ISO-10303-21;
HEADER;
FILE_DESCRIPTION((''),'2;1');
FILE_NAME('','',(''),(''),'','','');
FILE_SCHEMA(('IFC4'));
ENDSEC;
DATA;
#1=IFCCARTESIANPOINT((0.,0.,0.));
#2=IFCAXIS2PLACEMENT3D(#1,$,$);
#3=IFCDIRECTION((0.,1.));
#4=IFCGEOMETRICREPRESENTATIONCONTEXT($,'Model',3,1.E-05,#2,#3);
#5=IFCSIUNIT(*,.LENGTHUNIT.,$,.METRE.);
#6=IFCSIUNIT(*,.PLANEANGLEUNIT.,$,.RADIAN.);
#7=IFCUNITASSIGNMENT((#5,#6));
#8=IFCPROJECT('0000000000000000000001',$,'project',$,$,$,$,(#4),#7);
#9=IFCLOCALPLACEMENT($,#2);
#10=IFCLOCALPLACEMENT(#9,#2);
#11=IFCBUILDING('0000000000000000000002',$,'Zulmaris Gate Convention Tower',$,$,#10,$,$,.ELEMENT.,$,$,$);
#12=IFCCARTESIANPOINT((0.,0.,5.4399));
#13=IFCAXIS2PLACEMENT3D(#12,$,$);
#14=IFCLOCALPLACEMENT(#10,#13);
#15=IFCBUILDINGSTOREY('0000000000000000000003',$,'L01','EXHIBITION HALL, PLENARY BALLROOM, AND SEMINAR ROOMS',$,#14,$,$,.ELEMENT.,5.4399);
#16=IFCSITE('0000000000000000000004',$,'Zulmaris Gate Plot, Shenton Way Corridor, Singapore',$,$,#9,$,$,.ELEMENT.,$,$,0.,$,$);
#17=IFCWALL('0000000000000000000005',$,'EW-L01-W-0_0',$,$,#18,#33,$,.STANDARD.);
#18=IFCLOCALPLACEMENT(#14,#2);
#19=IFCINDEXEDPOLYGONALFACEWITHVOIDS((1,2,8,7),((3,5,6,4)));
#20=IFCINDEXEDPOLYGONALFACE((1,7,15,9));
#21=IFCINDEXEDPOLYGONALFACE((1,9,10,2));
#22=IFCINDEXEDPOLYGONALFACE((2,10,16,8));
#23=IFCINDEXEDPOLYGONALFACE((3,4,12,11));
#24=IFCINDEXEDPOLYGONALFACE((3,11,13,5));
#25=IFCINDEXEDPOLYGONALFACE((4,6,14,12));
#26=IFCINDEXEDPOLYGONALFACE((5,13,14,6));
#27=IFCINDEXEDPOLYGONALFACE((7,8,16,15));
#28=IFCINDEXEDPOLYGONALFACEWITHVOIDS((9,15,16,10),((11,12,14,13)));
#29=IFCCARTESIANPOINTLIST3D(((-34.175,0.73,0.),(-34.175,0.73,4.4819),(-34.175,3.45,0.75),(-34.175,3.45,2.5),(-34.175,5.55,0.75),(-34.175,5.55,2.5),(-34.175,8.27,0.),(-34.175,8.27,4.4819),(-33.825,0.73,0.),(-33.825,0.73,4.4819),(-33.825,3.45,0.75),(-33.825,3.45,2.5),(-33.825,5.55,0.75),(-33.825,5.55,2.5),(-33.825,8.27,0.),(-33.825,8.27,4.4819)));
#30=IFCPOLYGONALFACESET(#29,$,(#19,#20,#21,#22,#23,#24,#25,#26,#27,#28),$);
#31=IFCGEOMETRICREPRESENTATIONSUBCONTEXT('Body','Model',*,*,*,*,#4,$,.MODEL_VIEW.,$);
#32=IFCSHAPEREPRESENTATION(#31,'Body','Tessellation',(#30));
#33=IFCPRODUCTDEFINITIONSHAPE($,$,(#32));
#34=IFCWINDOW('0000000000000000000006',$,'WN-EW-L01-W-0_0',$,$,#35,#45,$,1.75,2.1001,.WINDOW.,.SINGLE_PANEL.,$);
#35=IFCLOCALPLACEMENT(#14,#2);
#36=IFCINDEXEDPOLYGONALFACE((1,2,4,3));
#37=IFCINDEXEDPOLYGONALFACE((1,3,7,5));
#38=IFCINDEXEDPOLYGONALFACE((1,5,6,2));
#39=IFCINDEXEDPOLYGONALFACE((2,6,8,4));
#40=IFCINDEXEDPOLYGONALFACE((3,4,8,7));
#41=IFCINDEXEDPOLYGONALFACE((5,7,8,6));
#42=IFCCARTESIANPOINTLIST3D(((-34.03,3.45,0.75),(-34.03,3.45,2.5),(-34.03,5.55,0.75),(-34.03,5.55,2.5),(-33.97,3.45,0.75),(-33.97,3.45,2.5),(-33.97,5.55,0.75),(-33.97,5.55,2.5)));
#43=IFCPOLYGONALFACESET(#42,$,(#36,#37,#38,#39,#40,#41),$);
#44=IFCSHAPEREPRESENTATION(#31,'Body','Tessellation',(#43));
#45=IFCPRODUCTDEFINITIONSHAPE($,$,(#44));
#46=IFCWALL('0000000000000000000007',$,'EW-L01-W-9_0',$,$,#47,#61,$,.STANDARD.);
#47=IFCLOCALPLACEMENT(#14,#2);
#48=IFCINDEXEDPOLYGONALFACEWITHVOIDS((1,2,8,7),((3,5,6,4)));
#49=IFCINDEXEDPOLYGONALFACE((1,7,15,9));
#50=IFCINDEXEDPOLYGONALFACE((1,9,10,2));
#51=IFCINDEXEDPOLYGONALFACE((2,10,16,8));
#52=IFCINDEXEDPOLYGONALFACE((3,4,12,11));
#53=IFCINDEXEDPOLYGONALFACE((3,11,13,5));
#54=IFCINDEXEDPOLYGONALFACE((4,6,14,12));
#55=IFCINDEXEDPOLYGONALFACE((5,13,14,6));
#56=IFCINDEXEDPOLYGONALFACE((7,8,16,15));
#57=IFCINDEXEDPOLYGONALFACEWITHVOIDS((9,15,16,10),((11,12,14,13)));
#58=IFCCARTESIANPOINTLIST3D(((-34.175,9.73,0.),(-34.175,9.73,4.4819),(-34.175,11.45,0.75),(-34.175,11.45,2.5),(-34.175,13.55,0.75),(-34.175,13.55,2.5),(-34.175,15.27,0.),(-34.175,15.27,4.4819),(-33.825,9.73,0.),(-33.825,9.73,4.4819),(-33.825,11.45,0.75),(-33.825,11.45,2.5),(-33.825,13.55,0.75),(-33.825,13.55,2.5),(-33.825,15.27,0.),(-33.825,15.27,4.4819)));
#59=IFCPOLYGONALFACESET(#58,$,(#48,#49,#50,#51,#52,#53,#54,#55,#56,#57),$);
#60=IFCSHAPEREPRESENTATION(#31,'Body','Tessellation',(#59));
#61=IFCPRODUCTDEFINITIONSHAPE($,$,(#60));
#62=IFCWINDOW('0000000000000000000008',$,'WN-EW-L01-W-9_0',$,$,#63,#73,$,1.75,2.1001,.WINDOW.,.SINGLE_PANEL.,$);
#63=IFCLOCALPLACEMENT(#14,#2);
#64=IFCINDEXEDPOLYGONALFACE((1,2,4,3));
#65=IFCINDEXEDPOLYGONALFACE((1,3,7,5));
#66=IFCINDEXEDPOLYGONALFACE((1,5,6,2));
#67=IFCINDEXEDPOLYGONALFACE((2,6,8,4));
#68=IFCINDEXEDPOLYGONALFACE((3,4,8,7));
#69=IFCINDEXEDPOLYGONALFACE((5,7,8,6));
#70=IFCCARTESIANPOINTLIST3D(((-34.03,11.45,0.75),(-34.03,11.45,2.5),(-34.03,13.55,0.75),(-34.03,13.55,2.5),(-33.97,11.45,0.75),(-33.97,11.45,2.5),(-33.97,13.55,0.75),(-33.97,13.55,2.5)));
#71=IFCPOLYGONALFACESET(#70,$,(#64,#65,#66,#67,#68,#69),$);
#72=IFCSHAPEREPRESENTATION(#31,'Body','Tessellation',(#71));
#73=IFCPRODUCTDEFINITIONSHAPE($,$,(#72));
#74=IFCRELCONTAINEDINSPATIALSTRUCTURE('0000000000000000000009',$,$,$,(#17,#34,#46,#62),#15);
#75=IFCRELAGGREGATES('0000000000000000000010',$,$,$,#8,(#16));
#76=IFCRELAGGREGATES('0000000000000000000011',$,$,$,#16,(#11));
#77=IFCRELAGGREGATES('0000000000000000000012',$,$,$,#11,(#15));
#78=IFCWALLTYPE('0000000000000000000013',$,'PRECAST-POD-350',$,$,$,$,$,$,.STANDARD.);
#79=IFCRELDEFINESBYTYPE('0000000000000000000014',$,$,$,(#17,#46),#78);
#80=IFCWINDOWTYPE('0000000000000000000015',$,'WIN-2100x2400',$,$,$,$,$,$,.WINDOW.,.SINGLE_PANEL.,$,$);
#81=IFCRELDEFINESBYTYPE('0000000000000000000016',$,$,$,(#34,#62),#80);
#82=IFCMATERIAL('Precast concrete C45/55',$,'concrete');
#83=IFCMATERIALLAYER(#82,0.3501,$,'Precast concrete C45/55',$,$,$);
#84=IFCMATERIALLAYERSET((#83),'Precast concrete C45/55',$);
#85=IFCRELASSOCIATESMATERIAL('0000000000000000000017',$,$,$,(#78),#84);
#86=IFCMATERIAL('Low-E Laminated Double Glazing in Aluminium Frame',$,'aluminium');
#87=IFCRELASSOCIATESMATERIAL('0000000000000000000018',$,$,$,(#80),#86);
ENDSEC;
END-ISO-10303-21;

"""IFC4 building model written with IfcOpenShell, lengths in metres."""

from ifc_helpers import new_model, si_unit, direction, frame, frame_2d, origin, place, context, subcontext, project, spatial, rectangle, extrude, material, layer, layer_set, type_object, element, fill, save


model = new_model("IFC4")

# Units and contexts
model_context = context("Model", 3, precision=1e-05, world=origin(), true_north=direction((0.0, 1.0)))
body_context = subcontext(model_context, "Body", "Model", "MODEL_VIEW")
ifc_project = project(units=[si_unit("LENGTHUNIT", "METRE"), si_unit("PLANEANGLEUNIT", "RADIAN")], contexts=[model_context])

# Site, building, storey
site_placement = place(None, origin())
site = spatial("IfcSite", under=ifc_project, at=site_placement, Name="Zulmaris Gate Plot, Shenton Way Corridor, Singapore", CompositionType="ELEMENT", RefElevation=0.0)
building_placement = place(site_placement, origin())
building = spatial("IfcBuilding", under=site, at=building_placement, Name="Zulmaris Gate Convention Tower", CompositionType="ELEMENT")
storey_placement = place(building_placement, frame((0.0, 0.0, 5.4399)))
storey = spatial("IfcBuildingStorey", under=building, at=storey_placement, Name="L01", Description="EXHIBITION HALL, PLENARY BALLROOM, AND SEMINAR ROOMS", CompositionType="ELEMENT", Elevation=5.4399)

# Walls, openings, windows
ifc_material_1 = material(Name="Precast concrete C45/55", Category="concrete")
ifc_layer_1 = layer(ifc_material_1, 0.3501, Name="Precast concrete C45/55")
ifc_layer_set_1 = layer_set([ifc_layer_1], Name="Precast concrete C45/55")
wall_type_1 = type_object("IfcWallType", Name="PRECAST-POD-350", PredefinedType="STANDARD", material=ifc_layer_set_1)
wall_1_placement = place(storey_placement, frame((-34.0, 0.73, 0.0), z_axis=(0.0, 0.0, 1.0), x_axis=(0.0, 1.0, 0.0)))
wall_1 = element("IfcWall", 1, at=wall_1_placement, inside=storey, type_object=wall_type_1, Name="EW-L01-W-0_0", PredefinedType="STANDARD", context=body_context, shape_type="SweptSolid", body=[
    extrude(rectangle(XDim=7.54, YDim=0.3501, at=frame_2d((3.77, 0.0))), origin(), (0.0, 0.0, 1.0), 4.4819),
])
opening_1_placement = place(wall_1_placement, frame((2.72, 0.0, 0.75)))
opening_1 = element("IfcOpeningElement", 2, at=opening_1_placement, cuts=wall_1, PredefinedType="OPENING", context=body_context, shape_type="SweptSolid", body=[
    extrude(rectangle(XDim=2.1001, YDim=1.75, at=frame_2d((1.05, 0.875))), frame((0.0, 0.1851, 0.0), z_axis=(0.0, -1.0, 0.0), x_axis=(1.0, 0.0, 0.0)), (0.0, 0.0, 1.0), 0.3701),
])
ifc_material_2 = material(Name="Low-E Laminated Double Glazing in Aluminium Frame", Category="aluminium")
window_type = type_object("IfcWindowType", Name="WIN-2100x2400", PartitioningType="SINGLE_PANEL", PredefinedType="WINDOW", material=ifc_material_2)
window_1_placement = place(opening_1_placement, origin())
window_1 = element("IfcWindow", 3, at=window_1_placement, inside=storey, type_object=window_type, Name="WN-EW-L01-W-0_0", OverallHeight=1.75, OverallWidth=2.1001, PartitioningType="SINGLE_PANEL", PredefinedType="WINDOW", context=body_context, shape_type="SweptSolid", body=[
    extrude(rectangle(XDim=2.1001, YDim=1.75, at=frame_2d((1.05, 0.875))), frame((0.0, 0.03, 0.0), z_axis=(0.0, -1.0, 0.0), x_axis=(1.0, 0.0, 0.0)), (0.0, 0.0, 1.0), 0.0601),
])
fill(opening_1, window_1)
wall_2_placement = place(storey_placement, frame((-34.0, 9.73, 0.0), z_axis=(0.0, 0.0, 1.0), x_axis=(0.0, 1.0, 0.0)))
wall_2 = element("IfcWall", 4, at=wall_2_placement, inside=storey, type_object=wall_type_1, Name="EW-L01-W-9_0", PredefinedType="STANDARD", context=body_context, shape_type="SweptSolid", body=[
    extrude(rectangle(XDim=5.54, YDim=0.3501, at=frame_2d((2.77, 0.0))), origin(), (0.0, 0.0, 1.0), 4.4819),
])
opening_2_placement = place(wall_2_placement, frame((1.72, 0.0, 0.75)))
opening_2 = element("IfcOpeningElement", 5, at=opening_2_placement, cuts=wall_2, PredefinedType="OPENING", context=body_context, shape_type="SweptSolid", body=[
    extrude(rectangle(XDim=2.1001, YDim=1.75, at=frame_2d((1.05, 0.875))), frame((0.0, 0.1851, 0.0), z_axis=(0.0, -1.0, 0.0), x_axis=(1.0, 0.0, 0.0)), (0.0, 0.0, 1.0), 0.3701),
])
window_2_placement = place(opening_2_placement, origin())
window_2 = element("IfcWindow", 6, at=window_2_placement, inside=storey, type_object=window_type, Name="WN-EW-L01-W-9_0", OverallHeight=1.75, OverallWidth=2.1001, PartitioningType="SINGLE_PANEL", PredefinedType="WINDOW", context=body_context, shape_type="SweptSolid", body=[
    extrude(rectangle(XDim=2.1001, YDim=1.75, at=frame_2d((1.05, 0.875))), frame((0.0, 0.03, 0.0), z_axis=(0.0, -1.0, 0.0), x_axis=(1.0, 0.0, 0.0)), (0.0, 0.0, 1.0), 0.0601),
])
fill(opening_2, window_2)

save(model, "model.ifc")
